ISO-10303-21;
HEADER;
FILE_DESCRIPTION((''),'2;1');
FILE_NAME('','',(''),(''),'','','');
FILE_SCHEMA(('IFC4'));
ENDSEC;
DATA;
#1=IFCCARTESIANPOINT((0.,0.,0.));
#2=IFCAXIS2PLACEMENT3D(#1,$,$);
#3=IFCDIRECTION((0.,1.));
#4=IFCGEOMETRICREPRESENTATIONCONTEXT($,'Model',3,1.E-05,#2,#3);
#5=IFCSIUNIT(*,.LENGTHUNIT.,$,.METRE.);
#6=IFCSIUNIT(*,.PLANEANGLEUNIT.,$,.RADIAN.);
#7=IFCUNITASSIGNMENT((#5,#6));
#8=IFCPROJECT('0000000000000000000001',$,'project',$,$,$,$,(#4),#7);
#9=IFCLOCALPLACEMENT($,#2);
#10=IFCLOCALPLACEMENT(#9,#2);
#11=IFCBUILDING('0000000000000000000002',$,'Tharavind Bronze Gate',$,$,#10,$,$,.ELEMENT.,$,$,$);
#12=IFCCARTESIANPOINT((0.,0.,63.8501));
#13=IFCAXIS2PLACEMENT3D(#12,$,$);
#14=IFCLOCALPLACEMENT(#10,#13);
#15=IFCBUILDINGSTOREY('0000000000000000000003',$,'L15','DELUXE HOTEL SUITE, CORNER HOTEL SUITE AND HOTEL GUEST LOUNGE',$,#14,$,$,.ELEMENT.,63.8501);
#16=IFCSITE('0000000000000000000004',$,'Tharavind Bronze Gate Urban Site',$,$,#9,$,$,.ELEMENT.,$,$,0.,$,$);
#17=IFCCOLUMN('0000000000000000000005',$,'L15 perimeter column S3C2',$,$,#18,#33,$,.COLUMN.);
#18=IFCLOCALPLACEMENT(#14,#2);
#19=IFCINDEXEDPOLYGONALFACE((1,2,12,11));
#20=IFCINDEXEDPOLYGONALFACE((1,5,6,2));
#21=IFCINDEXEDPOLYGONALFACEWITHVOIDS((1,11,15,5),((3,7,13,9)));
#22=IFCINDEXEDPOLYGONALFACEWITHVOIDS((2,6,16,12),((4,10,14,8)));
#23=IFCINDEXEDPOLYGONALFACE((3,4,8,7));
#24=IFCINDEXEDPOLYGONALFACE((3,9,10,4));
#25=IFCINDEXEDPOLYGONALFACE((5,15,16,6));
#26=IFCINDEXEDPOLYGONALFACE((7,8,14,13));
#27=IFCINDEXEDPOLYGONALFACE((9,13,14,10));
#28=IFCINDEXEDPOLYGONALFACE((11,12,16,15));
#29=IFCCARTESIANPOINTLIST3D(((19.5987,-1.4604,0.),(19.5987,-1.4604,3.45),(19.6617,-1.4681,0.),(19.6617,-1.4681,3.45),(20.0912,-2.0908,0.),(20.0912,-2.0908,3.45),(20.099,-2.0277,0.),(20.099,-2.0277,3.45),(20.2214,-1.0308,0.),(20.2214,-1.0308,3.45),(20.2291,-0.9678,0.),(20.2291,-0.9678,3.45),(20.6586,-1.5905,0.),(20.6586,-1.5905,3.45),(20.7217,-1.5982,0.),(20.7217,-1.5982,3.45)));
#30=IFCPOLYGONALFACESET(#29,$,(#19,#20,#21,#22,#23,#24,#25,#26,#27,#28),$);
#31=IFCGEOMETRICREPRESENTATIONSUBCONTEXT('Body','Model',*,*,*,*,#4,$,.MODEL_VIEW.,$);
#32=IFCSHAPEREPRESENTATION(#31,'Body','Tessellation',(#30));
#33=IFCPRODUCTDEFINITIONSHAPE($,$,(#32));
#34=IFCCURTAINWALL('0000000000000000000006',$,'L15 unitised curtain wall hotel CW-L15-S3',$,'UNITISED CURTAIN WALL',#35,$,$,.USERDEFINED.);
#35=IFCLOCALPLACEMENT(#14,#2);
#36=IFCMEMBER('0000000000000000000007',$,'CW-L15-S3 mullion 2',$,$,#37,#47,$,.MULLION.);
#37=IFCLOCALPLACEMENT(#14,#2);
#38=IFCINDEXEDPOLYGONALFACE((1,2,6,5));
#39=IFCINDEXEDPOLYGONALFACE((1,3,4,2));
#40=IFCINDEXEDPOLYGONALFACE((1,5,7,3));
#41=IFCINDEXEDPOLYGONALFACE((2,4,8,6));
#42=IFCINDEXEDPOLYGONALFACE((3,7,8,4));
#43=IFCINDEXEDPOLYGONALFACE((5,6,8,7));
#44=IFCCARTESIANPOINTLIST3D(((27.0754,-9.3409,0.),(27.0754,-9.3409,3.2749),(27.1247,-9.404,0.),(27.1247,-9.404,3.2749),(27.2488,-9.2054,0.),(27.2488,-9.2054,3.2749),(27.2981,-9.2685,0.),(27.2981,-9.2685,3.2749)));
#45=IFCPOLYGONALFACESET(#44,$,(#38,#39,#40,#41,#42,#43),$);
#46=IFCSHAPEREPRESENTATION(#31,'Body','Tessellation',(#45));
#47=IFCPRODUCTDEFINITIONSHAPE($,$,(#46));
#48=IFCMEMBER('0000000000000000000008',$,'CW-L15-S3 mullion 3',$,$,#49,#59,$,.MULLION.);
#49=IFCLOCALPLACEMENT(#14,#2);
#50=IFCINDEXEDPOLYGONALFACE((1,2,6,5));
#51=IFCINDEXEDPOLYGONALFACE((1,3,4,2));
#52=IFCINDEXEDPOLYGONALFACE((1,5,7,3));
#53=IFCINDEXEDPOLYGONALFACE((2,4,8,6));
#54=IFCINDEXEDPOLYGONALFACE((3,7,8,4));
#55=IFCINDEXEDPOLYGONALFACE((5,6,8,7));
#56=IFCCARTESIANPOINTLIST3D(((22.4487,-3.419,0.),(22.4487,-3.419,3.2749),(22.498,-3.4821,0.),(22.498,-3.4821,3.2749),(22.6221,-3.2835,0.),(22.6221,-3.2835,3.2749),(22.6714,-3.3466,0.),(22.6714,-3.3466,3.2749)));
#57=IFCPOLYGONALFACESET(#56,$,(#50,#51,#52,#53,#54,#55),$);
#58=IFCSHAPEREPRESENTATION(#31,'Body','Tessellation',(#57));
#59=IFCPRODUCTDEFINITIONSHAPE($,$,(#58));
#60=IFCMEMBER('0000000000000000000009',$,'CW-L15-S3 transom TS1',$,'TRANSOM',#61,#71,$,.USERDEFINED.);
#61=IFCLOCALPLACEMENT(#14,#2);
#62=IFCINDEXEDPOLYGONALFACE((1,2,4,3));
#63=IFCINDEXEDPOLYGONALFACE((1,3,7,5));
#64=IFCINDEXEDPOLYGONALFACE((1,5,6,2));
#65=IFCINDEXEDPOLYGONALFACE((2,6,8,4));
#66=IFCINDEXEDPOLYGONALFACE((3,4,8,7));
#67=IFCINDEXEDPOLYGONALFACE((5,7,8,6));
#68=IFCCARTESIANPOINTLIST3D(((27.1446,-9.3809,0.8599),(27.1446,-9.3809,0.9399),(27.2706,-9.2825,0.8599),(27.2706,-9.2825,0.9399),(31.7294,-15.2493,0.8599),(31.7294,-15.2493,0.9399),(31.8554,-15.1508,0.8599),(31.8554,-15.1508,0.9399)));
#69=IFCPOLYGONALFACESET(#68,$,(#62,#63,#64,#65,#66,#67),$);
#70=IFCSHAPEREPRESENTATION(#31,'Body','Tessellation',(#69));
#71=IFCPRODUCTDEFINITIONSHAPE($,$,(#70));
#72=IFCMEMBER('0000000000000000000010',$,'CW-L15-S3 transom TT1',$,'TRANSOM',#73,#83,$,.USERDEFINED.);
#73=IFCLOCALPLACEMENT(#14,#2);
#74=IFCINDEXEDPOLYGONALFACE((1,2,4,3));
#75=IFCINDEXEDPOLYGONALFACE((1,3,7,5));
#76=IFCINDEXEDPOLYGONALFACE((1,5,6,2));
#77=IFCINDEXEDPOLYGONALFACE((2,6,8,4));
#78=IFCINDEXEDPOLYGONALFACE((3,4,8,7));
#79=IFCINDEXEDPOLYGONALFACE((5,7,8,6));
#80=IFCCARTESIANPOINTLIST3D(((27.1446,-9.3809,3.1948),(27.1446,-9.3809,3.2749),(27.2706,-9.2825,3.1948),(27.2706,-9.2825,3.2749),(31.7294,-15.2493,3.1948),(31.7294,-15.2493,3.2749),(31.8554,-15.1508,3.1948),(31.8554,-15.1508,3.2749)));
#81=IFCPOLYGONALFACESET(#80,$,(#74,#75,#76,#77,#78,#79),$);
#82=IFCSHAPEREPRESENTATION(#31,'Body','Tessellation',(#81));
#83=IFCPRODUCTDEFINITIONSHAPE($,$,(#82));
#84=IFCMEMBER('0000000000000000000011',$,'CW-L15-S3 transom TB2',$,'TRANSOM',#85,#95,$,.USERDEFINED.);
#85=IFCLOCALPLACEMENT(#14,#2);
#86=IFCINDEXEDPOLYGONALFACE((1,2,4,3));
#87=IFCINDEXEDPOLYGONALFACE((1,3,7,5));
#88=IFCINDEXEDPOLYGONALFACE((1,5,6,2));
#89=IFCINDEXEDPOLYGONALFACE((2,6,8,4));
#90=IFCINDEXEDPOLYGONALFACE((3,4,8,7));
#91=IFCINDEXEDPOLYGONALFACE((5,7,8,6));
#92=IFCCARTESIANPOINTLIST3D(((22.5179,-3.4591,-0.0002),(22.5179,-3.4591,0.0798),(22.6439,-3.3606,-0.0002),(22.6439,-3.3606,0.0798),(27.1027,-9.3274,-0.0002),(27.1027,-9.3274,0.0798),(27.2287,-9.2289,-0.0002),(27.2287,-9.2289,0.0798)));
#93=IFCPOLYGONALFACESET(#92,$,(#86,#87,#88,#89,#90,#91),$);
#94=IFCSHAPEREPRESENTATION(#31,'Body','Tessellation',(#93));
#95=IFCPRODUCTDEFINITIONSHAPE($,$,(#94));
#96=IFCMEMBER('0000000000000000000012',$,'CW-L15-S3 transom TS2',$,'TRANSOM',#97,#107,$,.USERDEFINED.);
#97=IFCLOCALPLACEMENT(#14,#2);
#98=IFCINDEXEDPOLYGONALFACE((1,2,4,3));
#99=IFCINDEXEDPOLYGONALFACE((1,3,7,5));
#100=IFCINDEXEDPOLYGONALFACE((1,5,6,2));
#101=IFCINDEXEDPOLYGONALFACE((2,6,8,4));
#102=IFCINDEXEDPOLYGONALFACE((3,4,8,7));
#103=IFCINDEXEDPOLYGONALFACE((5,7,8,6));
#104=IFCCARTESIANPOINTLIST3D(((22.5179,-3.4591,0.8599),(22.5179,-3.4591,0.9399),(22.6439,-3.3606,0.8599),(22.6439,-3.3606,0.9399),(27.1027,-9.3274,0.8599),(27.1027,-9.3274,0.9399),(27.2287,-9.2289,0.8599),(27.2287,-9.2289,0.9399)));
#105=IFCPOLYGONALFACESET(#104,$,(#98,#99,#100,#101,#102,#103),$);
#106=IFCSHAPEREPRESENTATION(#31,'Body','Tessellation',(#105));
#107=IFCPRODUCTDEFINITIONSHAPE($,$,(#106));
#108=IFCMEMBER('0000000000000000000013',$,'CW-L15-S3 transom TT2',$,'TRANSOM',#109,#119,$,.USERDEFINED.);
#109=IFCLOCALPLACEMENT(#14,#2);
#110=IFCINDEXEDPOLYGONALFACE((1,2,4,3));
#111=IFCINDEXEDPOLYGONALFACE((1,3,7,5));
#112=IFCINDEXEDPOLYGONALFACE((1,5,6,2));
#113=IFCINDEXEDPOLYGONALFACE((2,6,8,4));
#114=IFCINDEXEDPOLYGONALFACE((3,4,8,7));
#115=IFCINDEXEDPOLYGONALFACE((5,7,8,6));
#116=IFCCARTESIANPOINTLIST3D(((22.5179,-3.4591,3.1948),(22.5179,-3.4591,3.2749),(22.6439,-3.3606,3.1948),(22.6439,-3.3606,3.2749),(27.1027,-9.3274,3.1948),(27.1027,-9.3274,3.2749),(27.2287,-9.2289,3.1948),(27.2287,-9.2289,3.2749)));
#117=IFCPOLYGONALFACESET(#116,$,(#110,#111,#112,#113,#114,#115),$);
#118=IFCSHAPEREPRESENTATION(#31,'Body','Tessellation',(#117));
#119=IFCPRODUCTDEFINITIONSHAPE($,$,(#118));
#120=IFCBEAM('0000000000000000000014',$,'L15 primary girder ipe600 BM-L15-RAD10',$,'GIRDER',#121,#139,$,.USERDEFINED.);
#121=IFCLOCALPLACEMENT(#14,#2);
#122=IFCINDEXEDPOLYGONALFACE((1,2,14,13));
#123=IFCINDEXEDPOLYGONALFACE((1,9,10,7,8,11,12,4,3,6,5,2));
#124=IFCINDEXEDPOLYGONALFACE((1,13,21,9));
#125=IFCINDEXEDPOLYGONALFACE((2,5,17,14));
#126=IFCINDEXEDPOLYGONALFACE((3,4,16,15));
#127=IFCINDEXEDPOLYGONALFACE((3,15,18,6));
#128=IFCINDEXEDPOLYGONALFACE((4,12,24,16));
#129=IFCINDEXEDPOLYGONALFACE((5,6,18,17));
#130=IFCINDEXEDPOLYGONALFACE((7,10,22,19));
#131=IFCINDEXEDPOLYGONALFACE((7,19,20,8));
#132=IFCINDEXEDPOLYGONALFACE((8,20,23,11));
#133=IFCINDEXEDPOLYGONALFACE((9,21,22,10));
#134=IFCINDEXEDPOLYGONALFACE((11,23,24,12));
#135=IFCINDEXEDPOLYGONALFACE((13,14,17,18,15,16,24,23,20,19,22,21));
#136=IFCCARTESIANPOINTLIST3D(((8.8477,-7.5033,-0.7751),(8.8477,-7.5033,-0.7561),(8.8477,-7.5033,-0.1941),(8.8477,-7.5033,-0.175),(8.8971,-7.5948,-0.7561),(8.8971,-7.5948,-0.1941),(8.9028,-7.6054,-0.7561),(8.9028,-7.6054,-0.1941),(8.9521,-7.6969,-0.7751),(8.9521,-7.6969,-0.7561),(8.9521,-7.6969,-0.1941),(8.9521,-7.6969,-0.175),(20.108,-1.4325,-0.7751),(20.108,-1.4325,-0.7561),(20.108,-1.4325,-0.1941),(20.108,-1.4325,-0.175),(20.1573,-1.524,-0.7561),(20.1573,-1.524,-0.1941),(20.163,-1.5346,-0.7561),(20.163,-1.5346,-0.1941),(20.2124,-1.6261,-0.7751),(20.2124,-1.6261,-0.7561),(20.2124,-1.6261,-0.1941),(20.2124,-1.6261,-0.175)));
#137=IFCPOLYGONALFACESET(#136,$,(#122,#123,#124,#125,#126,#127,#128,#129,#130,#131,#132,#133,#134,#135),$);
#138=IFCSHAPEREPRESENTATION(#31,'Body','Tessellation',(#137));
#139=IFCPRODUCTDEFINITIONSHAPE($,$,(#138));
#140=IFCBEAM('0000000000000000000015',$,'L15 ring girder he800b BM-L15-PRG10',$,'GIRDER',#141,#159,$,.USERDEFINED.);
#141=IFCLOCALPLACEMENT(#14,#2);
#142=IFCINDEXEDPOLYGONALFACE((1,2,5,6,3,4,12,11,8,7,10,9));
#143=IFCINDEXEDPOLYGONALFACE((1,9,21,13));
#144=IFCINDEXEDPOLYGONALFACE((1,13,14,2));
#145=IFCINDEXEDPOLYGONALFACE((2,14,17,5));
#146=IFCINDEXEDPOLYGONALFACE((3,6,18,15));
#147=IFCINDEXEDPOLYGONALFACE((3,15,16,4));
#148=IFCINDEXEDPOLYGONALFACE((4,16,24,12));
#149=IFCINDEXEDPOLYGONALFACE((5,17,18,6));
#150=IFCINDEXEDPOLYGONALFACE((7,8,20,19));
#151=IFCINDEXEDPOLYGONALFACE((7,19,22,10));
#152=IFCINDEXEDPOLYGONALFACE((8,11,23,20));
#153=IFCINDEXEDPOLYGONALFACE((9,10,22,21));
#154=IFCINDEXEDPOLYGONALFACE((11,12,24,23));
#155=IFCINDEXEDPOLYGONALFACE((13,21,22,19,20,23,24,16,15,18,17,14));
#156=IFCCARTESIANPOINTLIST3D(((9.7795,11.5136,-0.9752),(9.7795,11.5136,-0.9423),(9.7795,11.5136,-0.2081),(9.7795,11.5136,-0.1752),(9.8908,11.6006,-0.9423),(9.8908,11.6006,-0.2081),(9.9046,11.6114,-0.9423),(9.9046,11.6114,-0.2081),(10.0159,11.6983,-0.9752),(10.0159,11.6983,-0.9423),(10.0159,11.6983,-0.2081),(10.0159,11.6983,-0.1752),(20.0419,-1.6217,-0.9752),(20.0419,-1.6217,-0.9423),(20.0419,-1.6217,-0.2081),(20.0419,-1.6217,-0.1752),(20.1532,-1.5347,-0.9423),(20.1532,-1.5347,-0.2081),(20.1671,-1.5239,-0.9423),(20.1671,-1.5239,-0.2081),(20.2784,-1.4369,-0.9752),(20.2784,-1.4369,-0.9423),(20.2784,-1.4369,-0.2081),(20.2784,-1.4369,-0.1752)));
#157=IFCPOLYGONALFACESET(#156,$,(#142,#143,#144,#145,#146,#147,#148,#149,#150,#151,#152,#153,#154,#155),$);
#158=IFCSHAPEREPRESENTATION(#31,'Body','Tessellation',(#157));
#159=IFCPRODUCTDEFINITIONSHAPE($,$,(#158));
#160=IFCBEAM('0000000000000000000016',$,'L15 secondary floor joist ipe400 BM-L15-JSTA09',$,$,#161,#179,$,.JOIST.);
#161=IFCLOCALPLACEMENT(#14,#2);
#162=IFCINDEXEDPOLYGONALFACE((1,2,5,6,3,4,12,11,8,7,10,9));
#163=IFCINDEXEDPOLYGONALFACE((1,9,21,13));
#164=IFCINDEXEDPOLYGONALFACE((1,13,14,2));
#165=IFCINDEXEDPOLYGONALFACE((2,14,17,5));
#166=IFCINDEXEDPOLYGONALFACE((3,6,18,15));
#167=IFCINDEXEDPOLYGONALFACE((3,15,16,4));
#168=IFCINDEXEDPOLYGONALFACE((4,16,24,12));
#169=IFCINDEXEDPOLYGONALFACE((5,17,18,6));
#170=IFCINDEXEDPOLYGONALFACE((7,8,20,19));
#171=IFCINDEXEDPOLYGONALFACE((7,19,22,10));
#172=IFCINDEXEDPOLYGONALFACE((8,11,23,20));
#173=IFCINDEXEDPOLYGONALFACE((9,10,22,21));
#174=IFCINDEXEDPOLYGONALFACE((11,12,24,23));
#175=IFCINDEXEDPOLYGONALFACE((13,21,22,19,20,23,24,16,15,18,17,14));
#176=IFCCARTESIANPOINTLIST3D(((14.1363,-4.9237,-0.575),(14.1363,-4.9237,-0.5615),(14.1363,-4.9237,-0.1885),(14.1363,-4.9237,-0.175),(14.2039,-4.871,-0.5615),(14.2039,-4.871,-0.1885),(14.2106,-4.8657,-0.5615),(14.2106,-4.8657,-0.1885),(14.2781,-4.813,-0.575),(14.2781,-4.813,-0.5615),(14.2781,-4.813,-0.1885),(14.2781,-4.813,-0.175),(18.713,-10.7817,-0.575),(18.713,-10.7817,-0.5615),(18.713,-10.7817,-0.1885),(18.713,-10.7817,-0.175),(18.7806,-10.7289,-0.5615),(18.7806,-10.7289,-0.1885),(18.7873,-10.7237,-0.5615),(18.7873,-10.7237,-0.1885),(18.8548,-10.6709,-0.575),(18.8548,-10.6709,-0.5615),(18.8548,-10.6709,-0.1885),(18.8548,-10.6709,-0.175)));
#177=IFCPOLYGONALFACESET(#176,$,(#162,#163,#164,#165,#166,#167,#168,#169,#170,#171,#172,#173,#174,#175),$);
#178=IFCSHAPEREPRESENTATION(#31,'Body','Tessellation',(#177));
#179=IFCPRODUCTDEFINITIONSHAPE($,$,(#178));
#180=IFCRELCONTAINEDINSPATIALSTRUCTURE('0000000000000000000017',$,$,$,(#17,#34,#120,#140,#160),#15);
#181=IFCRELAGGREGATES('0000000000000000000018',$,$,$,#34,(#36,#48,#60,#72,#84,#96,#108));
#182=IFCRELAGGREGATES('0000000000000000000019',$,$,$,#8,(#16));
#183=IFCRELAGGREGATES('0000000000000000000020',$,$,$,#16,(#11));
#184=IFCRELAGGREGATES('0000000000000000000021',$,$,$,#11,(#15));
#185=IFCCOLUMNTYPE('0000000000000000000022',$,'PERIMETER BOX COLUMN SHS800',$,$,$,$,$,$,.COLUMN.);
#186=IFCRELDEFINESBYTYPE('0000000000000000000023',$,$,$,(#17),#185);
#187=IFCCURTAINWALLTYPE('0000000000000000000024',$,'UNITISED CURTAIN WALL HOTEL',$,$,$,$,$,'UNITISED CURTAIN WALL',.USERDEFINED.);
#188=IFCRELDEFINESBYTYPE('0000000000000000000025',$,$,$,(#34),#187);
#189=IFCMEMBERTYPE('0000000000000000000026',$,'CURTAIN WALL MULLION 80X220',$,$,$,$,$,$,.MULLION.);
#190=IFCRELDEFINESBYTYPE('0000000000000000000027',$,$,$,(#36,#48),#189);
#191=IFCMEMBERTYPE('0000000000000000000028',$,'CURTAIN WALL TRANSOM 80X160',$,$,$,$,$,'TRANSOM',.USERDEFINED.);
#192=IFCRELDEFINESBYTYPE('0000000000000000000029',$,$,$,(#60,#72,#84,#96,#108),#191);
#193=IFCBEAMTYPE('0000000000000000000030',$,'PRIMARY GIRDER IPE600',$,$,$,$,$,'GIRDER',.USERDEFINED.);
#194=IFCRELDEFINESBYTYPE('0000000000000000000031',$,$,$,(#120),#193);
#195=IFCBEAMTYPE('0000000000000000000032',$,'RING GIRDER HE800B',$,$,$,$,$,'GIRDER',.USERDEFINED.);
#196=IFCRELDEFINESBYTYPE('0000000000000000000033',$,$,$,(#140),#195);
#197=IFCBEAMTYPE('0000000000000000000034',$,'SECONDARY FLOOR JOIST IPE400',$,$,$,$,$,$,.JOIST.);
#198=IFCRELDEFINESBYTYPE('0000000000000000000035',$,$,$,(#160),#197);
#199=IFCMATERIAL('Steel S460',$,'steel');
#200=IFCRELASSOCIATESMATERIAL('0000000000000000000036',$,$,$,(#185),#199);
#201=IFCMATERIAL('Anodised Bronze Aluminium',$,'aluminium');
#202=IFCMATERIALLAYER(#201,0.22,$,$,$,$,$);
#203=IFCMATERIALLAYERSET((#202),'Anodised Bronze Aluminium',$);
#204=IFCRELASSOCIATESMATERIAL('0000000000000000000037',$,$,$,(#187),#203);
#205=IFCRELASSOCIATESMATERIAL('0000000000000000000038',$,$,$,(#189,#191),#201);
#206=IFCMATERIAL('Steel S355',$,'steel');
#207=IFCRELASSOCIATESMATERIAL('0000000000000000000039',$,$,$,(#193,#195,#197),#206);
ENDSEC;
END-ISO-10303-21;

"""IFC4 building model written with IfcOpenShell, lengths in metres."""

from ifc_helpers import new_model, si_unit, direction, frame, origin, origin_2d, place, context, subcontext, project, spatial, rectangle, hollow_rectangle, i_section, extrude, material, layer, layer_set, material_profile, profile_set, type_object, element, aggregate, save


model = new_model("IFC4")

# Units and contexts
model_context = context("Model", 3, precision=1e-05, world=origin(), true_north=direction((0.0, 1.0)))
body_context = subcontext(model_context, "Body", "Model", "MODEL_VIEW")
ifc_project = project(units=[si_unit("LENGTHUNIT", "METRE"), si_unit("PLANEANGLEUNIT", "RADIAN")], contexts=[model_context])

# Site, building, storey
site_placement = place(None, origin())
site = spatial("IfcSite", under=ifc_project, at=site_placement, Name="Tharavind Bronze Gate Urban Site", CompositionType="ELEMENT", RefElevation=0.0)
building_placement = place(site_placement, origin())
building = spatial("IfcBuilding", under=site, at=building_placement, Name="Tharavind Bronze Gate", CompositionType="ELEMENT")
storey_placement = place(building_placement, frame((0.0, 0.0, 63.8501)))
storey = spatial("IfcBuildingStorey", under=building, at=storey_placement, Name="L15", Description="DELUXE HOTEL SUITE, CORNER HOTEL SUITE AND HOTEL GUEST LOUNGE", CompositionType="ELEMENT", Elevation=63.8501)

# Column
ifc_material_1 = material(Name="Steel S460", Category="steel")
ifc_material_profile_1 = material_profile(ifc_material_1, hollow_rectangle(XDim=0.8, YDim=0.8, WallThickness=0.0449, at=origin_2d()), Name="SHS800X45")
ifc_profile_set_1 = profile_set([ifc_material_profile_1], Name="Steel S460")
column_type = type_object("IfcColumnType", Name="PERIMETER BOX COLUMN SHS800", PredefinedType="COLUMN", material=ifc_profile_set_1)
column_placement = place(storey_placement, frame((20.1602, -1.5293, 0.0), z_axis=(0.0, 0.0, 1.0), x_axis=(-0.615661, 0.788011, 0.0)))
element("IfcColumn", 1, at=column_placement, inside=storey, type_object=column_type, Name="L15 perimeter column S3C2", PredefinedType="COLUMN", context=body_context, shape_type="SweptSolid", body=[
    extrude(hollow_rectangle(XDim=0.8, YDim=0.8, WallThickness=0.0449, at=origin_2d()), origin(), (0.0, 0.0, 1.0), 3.45),
])

# Curtain wall, members
ifc_material_2 = material(Name="Anodised Bronze Aluminium", Category="aluminium")
ifc_layer_1 = layer(ifc_material_2, 0.22)
ifc_layer_set_1 = layer_set([ifc_layer_1], Name="Anodised Bronze Aluminium")
curtain_wall_type = type_object("IfcCurtainWallType", Name="UNITISED CURTAIN WALL HOTEL", ElementType="UNITISED CURTAIN WALL", PredefinedType="USERDEFINED", material=ifc_layer_set_1)
curtain_wall_placement = place(storey_placement, origin())
curtain_wall = element("IfcCurtainWall", 2, at=curtain_wall_placement, inside=storey, type_object=curtain_wall_type, Name="L15 unitised curtain wall hotel CW-L15-S3", ObjectType="UNITISED CURTAIN WALL", PredefinedType="USERDEFINED")
member_type_1 = type_object("IfcMemberType", Name="CURTAIN WALL MULLION 80X220", PredefinedType="MULLION", material=ifc_material_2)
member_1_placement = place(storey_placement, frame((27.1868, -9.3047, 0.0), z_axis=(0.0, 0.0, 1.0), x_axis=(-0.615661, 0.788011, 0.0)))
member_1 = element("IfcMember", 3, at=member_1_placement, type_object=member_type_1, Name="CW-L15-S3 mullion 2", PredefinedType="MULLION", context=body_context, shape_type="SweptSolid", body=[
    extrude(rectangle(XDim=0.0801, YDim=0.22, at=origin_2d()), origin(), (0.0, 0.0, 1.0), 3.2749),
])
member_2_placement = place(storey_placement, frame((22.5601, -3.3828, 0.0), z_axis=(0.0, 0.0, 1.0), x_axis=(-0.615661, 0.788011, 0.0)))
member_2 = element("IfcMember", 4, at=member_2_placement, type_object=member_type_1, Name="CW-L15-S3 mullion 3", PredefinedType="MULLION", context=body_context, shape_type="SweptSolid", body=[
    extrude(rectangle(XDim=0.0801, YDim=0.22, at=origin_2d()), origin(), (0.0, 0.0, 1.0), 3.2749),
])
member_type_2 = type_object("IfcMemberType", Name="CURTAIN WALL TRANSOM 80X160", ElementType="TRANSOM", PredefinedType="USERDEFINED", material=ifc_material_2)
member_3_placement = place(storey_placement, frame((29.5, -12.2659, 0.8599), z_axis=(0.0, 0.0, 1.0), x_axis=(-0.615661, 0.788011, 0.0)))
member_3 = element("IfcMember", 5, at=member_3_placement, type_object=member_type_2, Name="CW-L15-S3 transom TS1", ObjectType="TRANSOM", PredefinedType="USERDEFINED", context=body_context, shape_type="SweptSolid", body=[
    extrude(rectangle(XDim=7.447, YDim=0.1599, at=origin_2d()), origin(), (0.0, 0.0, 1.0), 0.0801),
])
member_4_placement = place(storey_placement, frame((29.5, -12.2659, 3.1948), z_axis=(0.0, 0.0, 1.0), x_axis=(-0.615661, 0.788011, 0.0)))
member_4 = element("IfcMember", 6, at=member_4_placement, type_object=member_type_2, Name="CW-L15-S3 transom TT1", ObjectType="TRANSOM", PredefinedType="USERDEFINED", context=body_context, shape_type="SweptSolid", body=[
    extrude(rectangle(XDim=7.447, YDim=0.1599, at=origin_2d()), origin(), (0.0, 0.0, 1.0), 0.0801),
])
member_5_placement = place(storey_placement, frame((24.8733, -6.344, -0.0002), z_axis=(0.0, 0.0, 1.0), x_axis=(-0.615661, 0.788011, 0.0)))
member_5 = element("IfcMember", 7, at=member_5_placement, type_object=member_type_2, Name="CW-L15-S3 transom TB2", ObjectType="TRANSOM", PredefinedType="USERDEFINED", context=body_context, shape_type="SweptSolid", body=[
    extrude(rectangle(XDim=7.447, YDim=0.1599, at=origin_2d()), origin(), (0.0, 0.0, 1.0), 0.0801),
])
member_6_placement = place(storey_placement, frame((24.8733, -6.344, 0.8599), z_axis=(0.0, 0.0, 1.0), x_axis=(-0.615661, 0.788011, 0.0)))
member_6 = element("IfcMember", 8, at=member_6_placement, type_object=member_type_2, Name="CW-L15-S3 transom TS2", ObjectType="TRANSOM", PredefinedType="USERDEFINED", context=body_context, shape_type="SweptSolid", body=[
    extrude(rectangle(XDim=7.447, YDim=0.1599, at=origin_2d()), origin(), (0.0, 0.0, 1.0), 0.0801),
])
member_7_placement = place(storey_placement, frame((24.8733, -6.344, 3.1948), z_axis=(0.0, 0.0, 1.0), x_axis=(-0.615661, 0.788011, 0.0)))
member_7 = element("IfcMember", 9, at=member_7_placement, type_object=member_type_2, Name="CW-L15-S3 transom TT2", ObjectType="TRANSOM", PredefinedType="USERDEFINED", context=body_context, shape_type="SweptSolid", body=[
    extrude(rectangle(XDim=7.447, YDim=0.1599, at=origin_2d()), origin(), (0.0, 0.0, 1.0), 0.0801),
])

# Beams
ifc_material_3 = material(Name="Steel S355", Category="steel")
ifc_material_profile_2 = material_profile(ifc_material_3, i_section(OverallWidth=0.22, OverallDepth=0.6001, WebThickness=0.012, FlangeThickness=0.019, at=origin_2d()), Name="IPE600")
ifc_profile_set_2 = profile_set([ifc_material_profile_2], Name="Steel S355")
beam_type_1 = type_object("IfcBeamType", Name="PRIMARY GIRDER IPE600", ElementType="GIRDER", PredefinedType="USERDEFINED", material=ifc_profile_set_2)
beam_1_placement = place(storey_placement, frame((20.1602, -1.5293, -0.4751), z_axis=(-0.880223, -0.47456, 0.0), x_axis=(0.47456, -0.880223, 0.0)))
element("IfcBeam", 10, at=beam_1_placement, inside=storey, type_object=beam_type_1, Name="L15 primary girder ipe600 BM-L15-RAD10", ObjectType="GIRDER", PredefinedType="USERDEFINED", context=body_context, shape_type="SweptSolid", body=[
    extrude(i_section(OverallWidth=0.22, OverallDepth=0.6001, WebThickness=0.012, FlangeThickness=0.019, at=origin_2d()), origin(), (0.0, 0.0, 1.0), 12.7925),
])
ifc_material_profile_3 = material_profile(ifc_material_3, i_section(OverallWidth=0.3, OverallDepth=0.8, WebThickness=0.0176, FlangeThickness=0.033, at=origin_2d()), Name="HE800B")
ifc_profile_set_3 = profile_set([ifc_material_profile_3], Name="Steel S355")
beam_type_2 = type_object("IfcBeamType", Name="RING GIRDER HE800B", ElementType="GIRDER", PredefinedType="USERDEFINED", material=ifc_profile_set_3)
beam_2_placement = place(storey_placement, frame((20.1602, -1.5293, -0.5752), z_axis=(-0.615664, 0.788009, 0.0), x_axis=(-0.788009, -0.615664, 0.0)))
element("IfcBeam", 11, at=beam_2_placement, inside=storey, type_object=beam_type_2, Name="L15 ring girder he800b BM-L15-PRG10", ObjectType="GIRDER", PredefinedType="USERDEFINED", context=body_context, shape_type="SweptSolid", body=[
    extrude(i_section(OverallWidth=0.3, OverallDepth=0.8, WebThickness=0.0176, FlangeThickness=0.033, at=origin_2d()), origin(), (0.0, 0.0, 1.0), 16.6689),
])
ifc_material_profile_4 = material_profile(ifc_material_3, i_section(OverallWidth=0.1799, OverallDepth=0.3999, WebThickness=0.0085, FlangeThickness=0.0134, at=origin_2d()), Name="IPE400")
ifc_profile_set_4 = profile_set([ifc_material_profile_4], Name="Steel S355")
beam_type_3 = type_object("IfcBeamType", Name="SECONDARY FLOOR JOIST IPE400", PredefinedType="JOIST", material=ifc_profile_set_4)
beam_3_placement = place(storey_placement, frame((18.7839, -10.7263, -0.375), z_axis=(-0.615658, 0.788013, 0.0), x_axis=(-0.788013, -0.615658, 0.0)))
element("IfcBeam", 12, at=beam_3_placement, inside=storey, type_object=beam_type_3, Name="L15 secondary floor joist ipe400 BM-L15-JSTA09", PredefinedType="JOIST", context=body_context, shape_type="SweptSolid", body=[
    extrude(i_section(OverallWidth=0.1799, OverallDepth=0.3999, WebThickness=0.0085, FlangeThickness=0.0134, at=origin_2d()), origin(), (0.0, 0.0, 1.0), 7.4338),
])

aggregate(curtain_wall, [member_1, member_2, member_3, member_4, member_5, member_6, member_7])

save(model, "model.ifc")
